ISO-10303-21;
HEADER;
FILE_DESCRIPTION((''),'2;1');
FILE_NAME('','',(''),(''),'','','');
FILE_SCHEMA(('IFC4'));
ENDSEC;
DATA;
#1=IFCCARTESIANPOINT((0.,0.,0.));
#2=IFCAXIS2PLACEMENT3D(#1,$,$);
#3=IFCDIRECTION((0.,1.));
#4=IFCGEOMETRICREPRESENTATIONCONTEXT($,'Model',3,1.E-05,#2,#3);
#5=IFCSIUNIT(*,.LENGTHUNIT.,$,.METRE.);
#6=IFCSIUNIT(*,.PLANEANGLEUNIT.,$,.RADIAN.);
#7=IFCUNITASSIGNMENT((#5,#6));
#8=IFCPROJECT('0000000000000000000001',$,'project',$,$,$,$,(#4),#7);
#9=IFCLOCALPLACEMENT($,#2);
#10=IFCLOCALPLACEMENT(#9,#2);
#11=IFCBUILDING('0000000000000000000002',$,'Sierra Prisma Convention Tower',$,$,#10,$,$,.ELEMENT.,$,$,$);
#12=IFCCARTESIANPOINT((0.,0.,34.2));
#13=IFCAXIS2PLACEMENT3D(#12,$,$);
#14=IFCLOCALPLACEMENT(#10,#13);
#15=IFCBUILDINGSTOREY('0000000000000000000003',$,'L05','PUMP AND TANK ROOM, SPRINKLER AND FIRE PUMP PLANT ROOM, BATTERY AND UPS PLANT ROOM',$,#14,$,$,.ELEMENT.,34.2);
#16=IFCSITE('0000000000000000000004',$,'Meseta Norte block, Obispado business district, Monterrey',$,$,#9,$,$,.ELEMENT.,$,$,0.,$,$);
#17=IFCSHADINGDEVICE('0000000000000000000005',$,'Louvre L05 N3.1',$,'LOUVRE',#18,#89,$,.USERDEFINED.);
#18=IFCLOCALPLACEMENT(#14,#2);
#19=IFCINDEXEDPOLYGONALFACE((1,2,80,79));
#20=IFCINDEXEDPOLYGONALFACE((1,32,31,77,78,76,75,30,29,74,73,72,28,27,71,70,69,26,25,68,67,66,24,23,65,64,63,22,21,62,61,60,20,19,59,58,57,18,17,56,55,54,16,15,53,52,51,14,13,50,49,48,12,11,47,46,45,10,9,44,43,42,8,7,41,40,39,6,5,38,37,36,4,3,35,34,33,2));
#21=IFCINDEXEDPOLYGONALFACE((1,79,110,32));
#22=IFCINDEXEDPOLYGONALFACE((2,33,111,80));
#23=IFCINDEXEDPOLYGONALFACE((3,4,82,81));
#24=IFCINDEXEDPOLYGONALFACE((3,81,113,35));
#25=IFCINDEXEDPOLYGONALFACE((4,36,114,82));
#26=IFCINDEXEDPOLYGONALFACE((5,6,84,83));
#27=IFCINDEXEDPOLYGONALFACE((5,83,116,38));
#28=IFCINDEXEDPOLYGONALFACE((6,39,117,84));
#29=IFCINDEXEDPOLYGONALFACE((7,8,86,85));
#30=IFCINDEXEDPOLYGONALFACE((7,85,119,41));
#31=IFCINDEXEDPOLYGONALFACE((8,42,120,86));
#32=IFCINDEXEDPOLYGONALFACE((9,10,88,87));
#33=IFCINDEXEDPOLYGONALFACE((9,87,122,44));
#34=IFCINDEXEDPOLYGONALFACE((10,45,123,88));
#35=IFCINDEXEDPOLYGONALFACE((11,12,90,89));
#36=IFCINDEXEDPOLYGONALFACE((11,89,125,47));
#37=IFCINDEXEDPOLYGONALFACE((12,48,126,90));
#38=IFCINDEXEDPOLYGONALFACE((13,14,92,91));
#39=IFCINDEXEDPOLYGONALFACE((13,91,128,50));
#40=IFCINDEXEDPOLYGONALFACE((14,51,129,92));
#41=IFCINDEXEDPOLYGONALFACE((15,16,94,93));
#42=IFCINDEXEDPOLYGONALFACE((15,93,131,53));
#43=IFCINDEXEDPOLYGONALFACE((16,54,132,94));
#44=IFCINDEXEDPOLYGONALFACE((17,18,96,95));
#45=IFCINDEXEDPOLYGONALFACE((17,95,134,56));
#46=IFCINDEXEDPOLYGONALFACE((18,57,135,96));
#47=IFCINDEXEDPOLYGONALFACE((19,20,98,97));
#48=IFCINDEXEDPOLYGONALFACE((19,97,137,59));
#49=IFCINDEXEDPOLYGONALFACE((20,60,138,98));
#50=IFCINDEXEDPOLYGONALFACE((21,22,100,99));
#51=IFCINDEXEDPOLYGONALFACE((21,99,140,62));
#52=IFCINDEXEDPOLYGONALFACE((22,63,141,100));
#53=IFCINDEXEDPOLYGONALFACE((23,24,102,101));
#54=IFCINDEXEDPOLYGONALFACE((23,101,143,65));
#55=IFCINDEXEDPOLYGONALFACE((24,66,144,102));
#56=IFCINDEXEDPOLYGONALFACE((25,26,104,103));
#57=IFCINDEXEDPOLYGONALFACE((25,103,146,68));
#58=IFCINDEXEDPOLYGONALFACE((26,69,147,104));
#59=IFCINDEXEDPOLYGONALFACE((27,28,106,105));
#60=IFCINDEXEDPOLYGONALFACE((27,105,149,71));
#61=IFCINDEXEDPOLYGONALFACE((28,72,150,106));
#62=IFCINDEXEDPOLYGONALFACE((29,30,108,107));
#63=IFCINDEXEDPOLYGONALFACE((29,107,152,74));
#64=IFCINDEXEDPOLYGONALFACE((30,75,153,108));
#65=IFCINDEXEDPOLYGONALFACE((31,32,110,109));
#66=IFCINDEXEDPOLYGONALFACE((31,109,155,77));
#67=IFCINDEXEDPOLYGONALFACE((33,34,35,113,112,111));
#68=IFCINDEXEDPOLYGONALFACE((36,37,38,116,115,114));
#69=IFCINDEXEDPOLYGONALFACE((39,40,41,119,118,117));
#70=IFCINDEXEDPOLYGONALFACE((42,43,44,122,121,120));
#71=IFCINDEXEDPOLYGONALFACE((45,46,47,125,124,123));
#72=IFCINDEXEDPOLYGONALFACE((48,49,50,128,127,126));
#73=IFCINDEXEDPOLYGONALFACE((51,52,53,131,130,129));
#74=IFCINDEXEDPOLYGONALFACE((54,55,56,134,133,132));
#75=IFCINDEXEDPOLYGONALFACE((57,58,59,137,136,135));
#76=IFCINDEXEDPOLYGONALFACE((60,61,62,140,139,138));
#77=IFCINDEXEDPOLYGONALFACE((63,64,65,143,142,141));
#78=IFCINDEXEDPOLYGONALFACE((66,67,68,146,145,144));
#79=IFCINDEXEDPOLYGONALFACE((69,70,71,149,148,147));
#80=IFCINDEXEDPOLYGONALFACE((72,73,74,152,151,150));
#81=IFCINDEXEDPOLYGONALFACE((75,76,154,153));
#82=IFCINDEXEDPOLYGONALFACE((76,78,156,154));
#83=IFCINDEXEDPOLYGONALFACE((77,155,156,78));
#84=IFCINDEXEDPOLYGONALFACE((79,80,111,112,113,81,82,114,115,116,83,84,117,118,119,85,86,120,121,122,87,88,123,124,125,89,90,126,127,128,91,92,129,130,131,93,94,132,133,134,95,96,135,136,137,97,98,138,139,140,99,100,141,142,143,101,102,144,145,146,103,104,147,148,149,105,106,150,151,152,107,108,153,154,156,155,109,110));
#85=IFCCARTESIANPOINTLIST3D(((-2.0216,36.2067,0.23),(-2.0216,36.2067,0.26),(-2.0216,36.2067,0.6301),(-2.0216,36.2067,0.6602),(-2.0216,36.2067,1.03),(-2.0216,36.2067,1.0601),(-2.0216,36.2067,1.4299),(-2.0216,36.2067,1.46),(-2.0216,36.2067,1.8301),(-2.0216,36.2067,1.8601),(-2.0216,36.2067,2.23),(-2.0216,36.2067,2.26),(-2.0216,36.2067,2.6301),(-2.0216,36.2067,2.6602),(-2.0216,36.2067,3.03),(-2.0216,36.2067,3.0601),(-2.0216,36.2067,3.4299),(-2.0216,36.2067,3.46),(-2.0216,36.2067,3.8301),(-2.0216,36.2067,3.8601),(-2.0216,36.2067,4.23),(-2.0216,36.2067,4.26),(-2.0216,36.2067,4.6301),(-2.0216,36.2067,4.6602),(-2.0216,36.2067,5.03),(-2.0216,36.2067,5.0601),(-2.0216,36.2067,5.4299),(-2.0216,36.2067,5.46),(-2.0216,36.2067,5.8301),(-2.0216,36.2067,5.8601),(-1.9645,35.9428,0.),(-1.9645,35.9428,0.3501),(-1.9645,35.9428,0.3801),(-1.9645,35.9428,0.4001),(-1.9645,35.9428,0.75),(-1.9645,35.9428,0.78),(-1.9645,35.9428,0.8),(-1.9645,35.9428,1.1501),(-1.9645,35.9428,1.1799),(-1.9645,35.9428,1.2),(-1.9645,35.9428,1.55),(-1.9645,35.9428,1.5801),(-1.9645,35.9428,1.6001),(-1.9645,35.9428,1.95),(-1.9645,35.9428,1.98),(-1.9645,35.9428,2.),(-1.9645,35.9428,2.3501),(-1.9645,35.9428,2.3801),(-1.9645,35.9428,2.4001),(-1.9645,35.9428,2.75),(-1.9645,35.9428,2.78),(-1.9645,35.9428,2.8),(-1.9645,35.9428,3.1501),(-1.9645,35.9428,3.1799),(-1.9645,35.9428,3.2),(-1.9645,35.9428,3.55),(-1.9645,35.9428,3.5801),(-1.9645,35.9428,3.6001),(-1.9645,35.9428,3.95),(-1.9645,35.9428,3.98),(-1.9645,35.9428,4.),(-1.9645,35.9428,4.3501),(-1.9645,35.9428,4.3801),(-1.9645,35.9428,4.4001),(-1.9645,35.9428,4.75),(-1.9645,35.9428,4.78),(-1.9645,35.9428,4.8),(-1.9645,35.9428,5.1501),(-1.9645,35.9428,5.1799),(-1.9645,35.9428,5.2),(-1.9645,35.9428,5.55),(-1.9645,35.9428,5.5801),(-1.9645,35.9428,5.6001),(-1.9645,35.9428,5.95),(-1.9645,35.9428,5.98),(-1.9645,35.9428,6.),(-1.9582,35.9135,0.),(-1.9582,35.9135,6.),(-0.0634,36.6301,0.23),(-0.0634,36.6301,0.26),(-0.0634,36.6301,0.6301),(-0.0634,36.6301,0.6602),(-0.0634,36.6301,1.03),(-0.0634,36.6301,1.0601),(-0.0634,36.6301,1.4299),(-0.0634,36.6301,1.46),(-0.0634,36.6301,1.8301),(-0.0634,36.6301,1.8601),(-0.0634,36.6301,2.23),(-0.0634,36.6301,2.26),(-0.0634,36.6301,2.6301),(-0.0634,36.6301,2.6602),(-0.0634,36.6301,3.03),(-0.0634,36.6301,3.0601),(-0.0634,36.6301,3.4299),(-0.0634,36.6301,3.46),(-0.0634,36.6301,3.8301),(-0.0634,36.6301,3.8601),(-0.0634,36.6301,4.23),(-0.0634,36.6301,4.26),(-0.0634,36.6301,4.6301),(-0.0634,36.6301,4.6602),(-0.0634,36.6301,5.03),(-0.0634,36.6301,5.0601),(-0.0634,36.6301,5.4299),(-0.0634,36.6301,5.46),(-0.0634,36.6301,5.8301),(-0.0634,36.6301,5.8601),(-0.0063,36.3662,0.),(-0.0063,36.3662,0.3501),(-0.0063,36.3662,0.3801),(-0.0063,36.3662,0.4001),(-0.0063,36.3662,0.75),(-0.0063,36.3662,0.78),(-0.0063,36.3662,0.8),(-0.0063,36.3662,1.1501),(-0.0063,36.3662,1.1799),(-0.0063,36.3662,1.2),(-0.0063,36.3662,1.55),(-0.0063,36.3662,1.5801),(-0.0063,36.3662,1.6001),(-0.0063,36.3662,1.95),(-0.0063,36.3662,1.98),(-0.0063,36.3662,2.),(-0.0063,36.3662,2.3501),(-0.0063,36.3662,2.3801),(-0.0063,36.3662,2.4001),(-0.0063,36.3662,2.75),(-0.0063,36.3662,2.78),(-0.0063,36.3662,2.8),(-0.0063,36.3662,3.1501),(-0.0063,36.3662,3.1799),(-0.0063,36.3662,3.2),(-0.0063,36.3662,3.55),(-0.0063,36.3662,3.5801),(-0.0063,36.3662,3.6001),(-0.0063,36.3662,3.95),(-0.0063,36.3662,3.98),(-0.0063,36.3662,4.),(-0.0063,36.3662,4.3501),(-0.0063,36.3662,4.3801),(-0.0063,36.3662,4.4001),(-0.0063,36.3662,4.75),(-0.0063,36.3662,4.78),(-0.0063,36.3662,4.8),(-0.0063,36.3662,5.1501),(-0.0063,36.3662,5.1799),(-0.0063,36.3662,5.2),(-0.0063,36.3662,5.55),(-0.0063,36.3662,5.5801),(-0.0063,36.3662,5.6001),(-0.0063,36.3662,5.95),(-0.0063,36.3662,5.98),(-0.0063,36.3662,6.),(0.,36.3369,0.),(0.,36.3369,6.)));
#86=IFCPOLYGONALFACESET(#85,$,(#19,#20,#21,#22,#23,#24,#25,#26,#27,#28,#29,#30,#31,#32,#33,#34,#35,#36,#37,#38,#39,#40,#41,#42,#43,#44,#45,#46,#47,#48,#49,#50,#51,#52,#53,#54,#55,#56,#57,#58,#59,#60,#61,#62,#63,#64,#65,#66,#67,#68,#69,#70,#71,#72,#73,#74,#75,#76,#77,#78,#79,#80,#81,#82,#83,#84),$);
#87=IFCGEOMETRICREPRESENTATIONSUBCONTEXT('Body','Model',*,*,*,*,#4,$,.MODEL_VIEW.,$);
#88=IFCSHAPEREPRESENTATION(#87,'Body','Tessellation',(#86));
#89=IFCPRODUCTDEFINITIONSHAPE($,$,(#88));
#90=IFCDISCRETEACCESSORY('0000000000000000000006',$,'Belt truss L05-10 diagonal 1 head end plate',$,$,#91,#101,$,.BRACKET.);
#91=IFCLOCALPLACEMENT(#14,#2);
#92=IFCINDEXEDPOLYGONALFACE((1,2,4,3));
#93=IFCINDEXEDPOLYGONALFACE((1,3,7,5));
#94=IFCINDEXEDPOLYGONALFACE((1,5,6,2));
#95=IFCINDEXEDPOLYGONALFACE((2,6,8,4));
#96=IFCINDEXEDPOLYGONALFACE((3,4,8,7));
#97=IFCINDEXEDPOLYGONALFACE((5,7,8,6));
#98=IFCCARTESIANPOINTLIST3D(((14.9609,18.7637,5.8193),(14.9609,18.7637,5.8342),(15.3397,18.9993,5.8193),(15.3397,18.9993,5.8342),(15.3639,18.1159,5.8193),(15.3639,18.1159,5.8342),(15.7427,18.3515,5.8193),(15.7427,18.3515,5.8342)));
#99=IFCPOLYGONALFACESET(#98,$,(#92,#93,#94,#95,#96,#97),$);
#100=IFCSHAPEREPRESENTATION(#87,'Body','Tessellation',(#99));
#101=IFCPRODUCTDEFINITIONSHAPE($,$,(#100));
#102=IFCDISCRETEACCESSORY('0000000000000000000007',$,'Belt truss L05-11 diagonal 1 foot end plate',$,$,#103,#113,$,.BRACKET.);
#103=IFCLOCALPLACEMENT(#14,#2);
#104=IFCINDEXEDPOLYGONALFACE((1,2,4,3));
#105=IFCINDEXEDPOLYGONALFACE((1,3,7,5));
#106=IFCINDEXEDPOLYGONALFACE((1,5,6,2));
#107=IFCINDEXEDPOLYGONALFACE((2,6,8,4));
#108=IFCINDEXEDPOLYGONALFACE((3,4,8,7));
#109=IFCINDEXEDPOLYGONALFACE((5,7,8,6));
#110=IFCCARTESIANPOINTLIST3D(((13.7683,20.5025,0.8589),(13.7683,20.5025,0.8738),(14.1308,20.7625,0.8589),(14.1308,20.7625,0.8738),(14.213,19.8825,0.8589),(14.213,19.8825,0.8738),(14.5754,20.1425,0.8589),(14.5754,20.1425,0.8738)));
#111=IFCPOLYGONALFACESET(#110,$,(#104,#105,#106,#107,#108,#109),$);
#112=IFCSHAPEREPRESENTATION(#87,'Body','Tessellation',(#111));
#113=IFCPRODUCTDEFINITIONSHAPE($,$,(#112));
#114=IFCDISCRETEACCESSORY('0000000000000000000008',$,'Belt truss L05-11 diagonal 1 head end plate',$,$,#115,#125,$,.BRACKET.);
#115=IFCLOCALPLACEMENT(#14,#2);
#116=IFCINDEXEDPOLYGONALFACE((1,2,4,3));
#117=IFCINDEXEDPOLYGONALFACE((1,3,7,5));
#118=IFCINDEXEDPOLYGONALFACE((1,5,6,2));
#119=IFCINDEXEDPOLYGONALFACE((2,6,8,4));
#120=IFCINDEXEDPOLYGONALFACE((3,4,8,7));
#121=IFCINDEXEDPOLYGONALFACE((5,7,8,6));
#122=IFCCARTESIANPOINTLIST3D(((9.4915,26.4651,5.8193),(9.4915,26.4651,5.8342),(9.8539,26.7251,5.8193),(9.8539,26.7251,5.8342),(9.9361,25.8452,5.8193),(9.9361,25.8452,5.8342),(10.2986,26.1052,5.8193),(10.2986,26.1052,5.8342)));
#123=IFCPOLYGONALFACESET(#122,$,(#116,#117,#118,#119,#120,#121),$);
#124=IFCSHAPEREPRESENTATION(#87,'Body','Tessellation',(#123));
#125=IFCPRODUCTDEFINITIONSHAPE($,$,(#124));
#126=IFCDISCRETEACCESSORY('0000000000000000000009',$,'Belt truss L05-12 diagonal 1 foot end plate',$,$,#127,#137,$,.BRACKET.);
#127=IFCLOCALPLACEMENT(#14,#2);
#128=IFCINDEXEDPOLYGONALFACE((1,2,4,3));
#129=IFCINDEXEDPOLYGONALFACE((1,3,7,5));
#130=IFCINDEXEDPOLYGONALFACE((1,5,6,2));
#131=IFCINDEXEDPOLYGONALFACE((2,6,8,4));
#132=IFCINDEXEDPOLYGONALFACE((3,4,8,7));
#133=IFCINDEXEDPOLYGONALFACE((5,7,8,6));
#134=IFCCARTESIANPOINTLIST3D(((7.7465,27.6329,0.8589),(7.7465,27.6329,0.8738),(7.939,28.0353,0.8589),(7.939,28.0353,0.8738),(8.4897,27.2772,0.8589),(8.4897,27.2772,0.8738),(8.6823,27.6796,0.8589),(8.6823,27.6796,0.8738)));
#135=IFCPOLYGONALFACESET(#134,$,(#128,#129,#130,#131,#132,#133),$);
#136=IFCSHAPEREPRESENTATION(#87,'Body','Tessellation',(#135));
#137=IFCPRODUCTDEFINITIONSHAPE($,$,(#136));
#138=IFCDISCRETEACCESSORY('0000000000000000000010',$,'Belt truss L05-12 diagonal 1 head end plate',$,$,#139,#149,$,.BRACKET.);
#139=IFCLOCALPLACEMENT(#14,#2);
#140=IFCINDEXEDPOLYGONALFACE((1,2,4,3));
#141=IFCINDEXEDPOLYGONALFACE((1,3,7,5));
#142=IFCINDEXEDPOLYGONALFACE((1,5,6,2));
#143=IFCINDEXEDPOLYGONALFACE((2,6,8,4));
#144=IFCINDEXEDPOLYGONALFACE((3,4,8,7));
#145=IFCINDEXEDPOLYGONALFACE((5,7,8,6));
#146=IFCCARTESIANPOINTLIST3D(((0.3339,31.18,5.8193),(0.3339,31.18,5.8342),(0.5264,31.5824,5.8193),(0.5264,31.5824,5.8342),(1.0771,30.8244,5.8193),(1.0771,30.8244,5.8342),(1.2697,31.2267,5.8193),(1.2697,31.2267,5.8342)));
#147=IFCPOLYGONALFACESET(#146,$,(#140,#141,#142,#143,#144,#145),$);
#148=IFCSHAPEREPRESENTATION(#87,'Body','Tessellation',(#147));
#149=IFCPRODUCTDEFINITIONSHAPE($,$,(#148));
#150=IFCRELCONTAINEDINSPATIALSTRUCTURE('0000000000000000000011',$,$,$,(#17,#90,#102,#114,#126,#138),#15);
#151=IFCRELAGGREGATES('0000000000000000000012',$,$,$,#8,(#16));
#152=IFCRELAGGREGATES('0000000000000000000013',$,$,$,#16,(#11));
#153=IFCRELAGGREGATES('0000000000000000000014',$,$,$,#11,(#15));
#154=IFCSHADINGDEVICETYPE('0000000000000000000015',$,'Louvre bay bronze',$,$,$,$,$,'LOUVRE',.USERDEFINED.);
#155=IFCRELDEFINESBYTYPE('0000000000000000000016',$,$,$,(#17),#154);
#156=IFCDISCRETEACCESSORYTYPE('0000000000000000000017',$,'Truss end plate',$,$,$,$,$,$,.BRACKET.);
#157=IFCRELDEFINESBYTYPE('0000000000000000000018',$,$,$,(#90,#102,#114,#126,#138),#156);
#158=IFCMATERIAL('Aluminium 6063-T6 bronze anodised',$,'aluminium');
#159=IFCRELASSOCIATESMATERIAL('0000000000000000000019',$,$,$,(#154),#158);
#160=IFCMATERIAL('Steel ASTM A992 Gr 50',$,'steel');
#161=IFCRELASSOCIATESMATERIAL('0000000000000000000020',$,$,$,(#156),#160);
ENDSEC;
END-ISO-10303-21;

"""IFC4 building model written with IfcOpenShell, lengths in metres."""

from ifc_helpers import new_model, si_unit, direction, frame, origin, origin_2d, place, context, subcontext, project, spatial, polyline, rectangle, outline, extrude, material, type_object, element, save


model = new_model("IFC4")

# Units and contexts
model_context = context("Model", 3, precision=1e-05, world=origin(), true_north=direction((0.0, 1.0)))
body_context = subcontext(model_context, "Body", "Model", "MODEL_VIEW")
ifc_project = project(units=[si_unit("LENGTHUNIT", "METRE"), si_unit("PLANEANGLEUNIT", "RADIAN")], contexts=[model_context])

# Site, building, storey
site_placement = place(None, origin())
site = spatial("IfcSite", under=ifc_project, at=site_placement, Name="Meseta Norte block, Obispado business district, Monterrey", CompositionType="ELEMENT", RefElevation=0.0)
building_placement = place(site_placement, origin())
building = spatial("IfcBuilding", under=site, at=building_placement, Name="Sierra Prisma Convention Tower", CompositionType="ELEMENT")
storey_placement = place(building_placement, frame((0.0, 0.0, 34.2)))
storey = spatial("IfcBuildingStorey", under=building, at=storey_placement, Name="L05", Description="PUMP AND TANK ROOM, SPRINKLER AND FIRE PUMP PLANT ROOM, BATTERY AND UPS PLANT ROOM", CompositionType="ELEMENT", Elevation=34.2)

# Shading device
ifc_material_1 = material(Name="Aluminium 6063-T6 bronze anodised", Category="aluminium")
shading_device_type = type_object("IfcShadingDeviceType", Name="Louvre bay bronze", ElementType="LOUVRE", PredefinedType="USERDEFINED", material=ifc_material_1)
shading_device_1_placement = place(storey_placement, frame((0.0, 36.3369, 0.0), z_axis=(0.977415, 0.21133, 0.0), x_axis=(0.0, 0.0, 1.0)))
element("IfcShadingDevice", 1, at=shading_device_1_placement, inside=storey, type_object=shading_device_type, Name="Louvre L05 N3.1", ObjectType="LOUVRE", PredefinedType="USERDEFINED", context=body_context, shape_type="SweptSolid", body=[
    extrude(outline(polyline([(0.0, 0.0), (6.0, 0.0), (6.0, -0.03), (5.98, -0.03), (5.8601, -0.3), (5.8301, -0.3), (5.95, -0.03), (5.6001, -0.03), (5.5801, -0.03), (5.46, -0.3), (5.4299, -0.3), (5.55, -0.03), (5.2, -0.03), (5.1799, -0.03), (5.0601, -0.3), (5.03, -0.3), (5.1501, -0.03), (4.8, -0.03), (4.78, -0.03), (4.6602, -0.3), (4.6301, -0.3), (4.75, -0.03), (4.4001, -0.03), (4.3801, -0.03), (4.26, -0.3), (4.23, -0.3), (4.3501, -0.03), (4.0, -0.03), (3.98, -0.03), (3.8601, -0.3), (3.8301, -0.3), (3.95, -0.03), (3.6001, -0.03), (3.5801, -0.03), (3.46, -0.3), (3.4299, -0.3), (3.55, -0.03), (3.2, -0.03), (3.1799, -0.03), (3.0601, -0.3), (3.03, -0.3), (3.1501, -0.03), (2.8, -0.03), (2.78, -0.03), (2.6602, -0.3), (2.6301, -0.3), (2.75, -0.03), (2.4001, -0.03), (2.3801, -0.03), (2.26, -0.3), (2.23, -0.3), (2.3501, -0.03), (2.0, -0.03), (1.98, -0.03), (1.8601, -0.3), (1.8301, -0.3), (1.95, -0.03), (1.6001, -0.03), (1.5801, -0.03), (1.46, -0.3), (1.4299, -0.3), (1.55, -0.03), (1.2, -0.03), (1.1799, -0.03), (1.0601, -0.3), (1.03, -0.3), (1.1501, -0.03), (0.8, -0.03), (0.78, -0.03), (0.6602, -0.3), (0.6301, -0.3), (0.75, -0.03), (0.4001, -0.03), (0.3801, -0.03), (0.26, -0.3), (0.23, -0.3), (0.3501, -0.03), (0.0, -0.03), (0.0, 0.0)])), origin(), (0.0, 0.0, -1.0), 2.0034),
])

# Discrete accessories
ifc_material_2 = material(Name="Steel ASTM A992 Gr 50", Category="steel")
discrete_accessory_type = type_object("IfcDiscreteAccessoryType", Name="Truss end plate", PredefinedType="BRACKET", material=ifc_material_2)
for number, where, z_axis, x_axis, name in (
    (2, (15.3518, 18.5576, 5.8193), (0.0, 0.0, 1.0), (-0.528192, 0.849125, 0.0), "Belt truss L05-10 diagonal 1 head end plate"),
    (3, (14.1719, 20.3225, 0.8589), (0.0, 0.0, 1.0), (-0.582845, 0.812583, 0.0), "Belt truss L05-11 diagonal 1 foot end plate"),
    (4, (9.895, 26.2852, 5.8193), (0.0, 0.0, 1.0), (-0.582845, 0.812583, 0.0), "Belt truss L05-11 diagonal 1 head end plate"),
):
    element("IfcDiscreteAccessory", number, at=place(storey_placement, frame(where, z_axis=z_axis, x_axis=x_axis)), inside=storey, type_object=discrete_accessory_type, Name=name, PredefinedType="BRACKET", context=body_context, shape_type="SweptSolid", body=[
        extrude(rectangle(XDim=0.7629, YDim=0.446, at=origin_2d()), origin(), (0.0, 0.0, 1.0), 0.0149),
    ])
for number, where, z_axis, x_axis, name in (
    (5, (8.2144, 27.6562, 0.8589), (0.0, 0.0, 1.0), (-0.902043, 0.431647, 0.0), "Belt truss L05-12 diagonal 1 foot end plate"),
    (6, (0.8018, 31.2034, 5.8193), (0.0, 0.0, 1.0), (-0.902043, 0.431647, 0.0), "Belt truss L05-12 diagonal 1 head end plate"),
):
    element("IfcDiscreteAccessory", number, at=place(storey_placement, frame(where, z_axis=z_axis, x_axis=x_axis)), inside=storey, type_object=discrete_accessory_type, Name=name, PredefinedType="BRACKET", context=body_context, shape_type="SweptSolid", body=[
        extrude(rectangle(XDim=0.824, YDim=0.446, at=origin_2d()), origin(), (0.0, 0.0, 1.0), 0.0149),
    ])

save(model, "model.ifc")
